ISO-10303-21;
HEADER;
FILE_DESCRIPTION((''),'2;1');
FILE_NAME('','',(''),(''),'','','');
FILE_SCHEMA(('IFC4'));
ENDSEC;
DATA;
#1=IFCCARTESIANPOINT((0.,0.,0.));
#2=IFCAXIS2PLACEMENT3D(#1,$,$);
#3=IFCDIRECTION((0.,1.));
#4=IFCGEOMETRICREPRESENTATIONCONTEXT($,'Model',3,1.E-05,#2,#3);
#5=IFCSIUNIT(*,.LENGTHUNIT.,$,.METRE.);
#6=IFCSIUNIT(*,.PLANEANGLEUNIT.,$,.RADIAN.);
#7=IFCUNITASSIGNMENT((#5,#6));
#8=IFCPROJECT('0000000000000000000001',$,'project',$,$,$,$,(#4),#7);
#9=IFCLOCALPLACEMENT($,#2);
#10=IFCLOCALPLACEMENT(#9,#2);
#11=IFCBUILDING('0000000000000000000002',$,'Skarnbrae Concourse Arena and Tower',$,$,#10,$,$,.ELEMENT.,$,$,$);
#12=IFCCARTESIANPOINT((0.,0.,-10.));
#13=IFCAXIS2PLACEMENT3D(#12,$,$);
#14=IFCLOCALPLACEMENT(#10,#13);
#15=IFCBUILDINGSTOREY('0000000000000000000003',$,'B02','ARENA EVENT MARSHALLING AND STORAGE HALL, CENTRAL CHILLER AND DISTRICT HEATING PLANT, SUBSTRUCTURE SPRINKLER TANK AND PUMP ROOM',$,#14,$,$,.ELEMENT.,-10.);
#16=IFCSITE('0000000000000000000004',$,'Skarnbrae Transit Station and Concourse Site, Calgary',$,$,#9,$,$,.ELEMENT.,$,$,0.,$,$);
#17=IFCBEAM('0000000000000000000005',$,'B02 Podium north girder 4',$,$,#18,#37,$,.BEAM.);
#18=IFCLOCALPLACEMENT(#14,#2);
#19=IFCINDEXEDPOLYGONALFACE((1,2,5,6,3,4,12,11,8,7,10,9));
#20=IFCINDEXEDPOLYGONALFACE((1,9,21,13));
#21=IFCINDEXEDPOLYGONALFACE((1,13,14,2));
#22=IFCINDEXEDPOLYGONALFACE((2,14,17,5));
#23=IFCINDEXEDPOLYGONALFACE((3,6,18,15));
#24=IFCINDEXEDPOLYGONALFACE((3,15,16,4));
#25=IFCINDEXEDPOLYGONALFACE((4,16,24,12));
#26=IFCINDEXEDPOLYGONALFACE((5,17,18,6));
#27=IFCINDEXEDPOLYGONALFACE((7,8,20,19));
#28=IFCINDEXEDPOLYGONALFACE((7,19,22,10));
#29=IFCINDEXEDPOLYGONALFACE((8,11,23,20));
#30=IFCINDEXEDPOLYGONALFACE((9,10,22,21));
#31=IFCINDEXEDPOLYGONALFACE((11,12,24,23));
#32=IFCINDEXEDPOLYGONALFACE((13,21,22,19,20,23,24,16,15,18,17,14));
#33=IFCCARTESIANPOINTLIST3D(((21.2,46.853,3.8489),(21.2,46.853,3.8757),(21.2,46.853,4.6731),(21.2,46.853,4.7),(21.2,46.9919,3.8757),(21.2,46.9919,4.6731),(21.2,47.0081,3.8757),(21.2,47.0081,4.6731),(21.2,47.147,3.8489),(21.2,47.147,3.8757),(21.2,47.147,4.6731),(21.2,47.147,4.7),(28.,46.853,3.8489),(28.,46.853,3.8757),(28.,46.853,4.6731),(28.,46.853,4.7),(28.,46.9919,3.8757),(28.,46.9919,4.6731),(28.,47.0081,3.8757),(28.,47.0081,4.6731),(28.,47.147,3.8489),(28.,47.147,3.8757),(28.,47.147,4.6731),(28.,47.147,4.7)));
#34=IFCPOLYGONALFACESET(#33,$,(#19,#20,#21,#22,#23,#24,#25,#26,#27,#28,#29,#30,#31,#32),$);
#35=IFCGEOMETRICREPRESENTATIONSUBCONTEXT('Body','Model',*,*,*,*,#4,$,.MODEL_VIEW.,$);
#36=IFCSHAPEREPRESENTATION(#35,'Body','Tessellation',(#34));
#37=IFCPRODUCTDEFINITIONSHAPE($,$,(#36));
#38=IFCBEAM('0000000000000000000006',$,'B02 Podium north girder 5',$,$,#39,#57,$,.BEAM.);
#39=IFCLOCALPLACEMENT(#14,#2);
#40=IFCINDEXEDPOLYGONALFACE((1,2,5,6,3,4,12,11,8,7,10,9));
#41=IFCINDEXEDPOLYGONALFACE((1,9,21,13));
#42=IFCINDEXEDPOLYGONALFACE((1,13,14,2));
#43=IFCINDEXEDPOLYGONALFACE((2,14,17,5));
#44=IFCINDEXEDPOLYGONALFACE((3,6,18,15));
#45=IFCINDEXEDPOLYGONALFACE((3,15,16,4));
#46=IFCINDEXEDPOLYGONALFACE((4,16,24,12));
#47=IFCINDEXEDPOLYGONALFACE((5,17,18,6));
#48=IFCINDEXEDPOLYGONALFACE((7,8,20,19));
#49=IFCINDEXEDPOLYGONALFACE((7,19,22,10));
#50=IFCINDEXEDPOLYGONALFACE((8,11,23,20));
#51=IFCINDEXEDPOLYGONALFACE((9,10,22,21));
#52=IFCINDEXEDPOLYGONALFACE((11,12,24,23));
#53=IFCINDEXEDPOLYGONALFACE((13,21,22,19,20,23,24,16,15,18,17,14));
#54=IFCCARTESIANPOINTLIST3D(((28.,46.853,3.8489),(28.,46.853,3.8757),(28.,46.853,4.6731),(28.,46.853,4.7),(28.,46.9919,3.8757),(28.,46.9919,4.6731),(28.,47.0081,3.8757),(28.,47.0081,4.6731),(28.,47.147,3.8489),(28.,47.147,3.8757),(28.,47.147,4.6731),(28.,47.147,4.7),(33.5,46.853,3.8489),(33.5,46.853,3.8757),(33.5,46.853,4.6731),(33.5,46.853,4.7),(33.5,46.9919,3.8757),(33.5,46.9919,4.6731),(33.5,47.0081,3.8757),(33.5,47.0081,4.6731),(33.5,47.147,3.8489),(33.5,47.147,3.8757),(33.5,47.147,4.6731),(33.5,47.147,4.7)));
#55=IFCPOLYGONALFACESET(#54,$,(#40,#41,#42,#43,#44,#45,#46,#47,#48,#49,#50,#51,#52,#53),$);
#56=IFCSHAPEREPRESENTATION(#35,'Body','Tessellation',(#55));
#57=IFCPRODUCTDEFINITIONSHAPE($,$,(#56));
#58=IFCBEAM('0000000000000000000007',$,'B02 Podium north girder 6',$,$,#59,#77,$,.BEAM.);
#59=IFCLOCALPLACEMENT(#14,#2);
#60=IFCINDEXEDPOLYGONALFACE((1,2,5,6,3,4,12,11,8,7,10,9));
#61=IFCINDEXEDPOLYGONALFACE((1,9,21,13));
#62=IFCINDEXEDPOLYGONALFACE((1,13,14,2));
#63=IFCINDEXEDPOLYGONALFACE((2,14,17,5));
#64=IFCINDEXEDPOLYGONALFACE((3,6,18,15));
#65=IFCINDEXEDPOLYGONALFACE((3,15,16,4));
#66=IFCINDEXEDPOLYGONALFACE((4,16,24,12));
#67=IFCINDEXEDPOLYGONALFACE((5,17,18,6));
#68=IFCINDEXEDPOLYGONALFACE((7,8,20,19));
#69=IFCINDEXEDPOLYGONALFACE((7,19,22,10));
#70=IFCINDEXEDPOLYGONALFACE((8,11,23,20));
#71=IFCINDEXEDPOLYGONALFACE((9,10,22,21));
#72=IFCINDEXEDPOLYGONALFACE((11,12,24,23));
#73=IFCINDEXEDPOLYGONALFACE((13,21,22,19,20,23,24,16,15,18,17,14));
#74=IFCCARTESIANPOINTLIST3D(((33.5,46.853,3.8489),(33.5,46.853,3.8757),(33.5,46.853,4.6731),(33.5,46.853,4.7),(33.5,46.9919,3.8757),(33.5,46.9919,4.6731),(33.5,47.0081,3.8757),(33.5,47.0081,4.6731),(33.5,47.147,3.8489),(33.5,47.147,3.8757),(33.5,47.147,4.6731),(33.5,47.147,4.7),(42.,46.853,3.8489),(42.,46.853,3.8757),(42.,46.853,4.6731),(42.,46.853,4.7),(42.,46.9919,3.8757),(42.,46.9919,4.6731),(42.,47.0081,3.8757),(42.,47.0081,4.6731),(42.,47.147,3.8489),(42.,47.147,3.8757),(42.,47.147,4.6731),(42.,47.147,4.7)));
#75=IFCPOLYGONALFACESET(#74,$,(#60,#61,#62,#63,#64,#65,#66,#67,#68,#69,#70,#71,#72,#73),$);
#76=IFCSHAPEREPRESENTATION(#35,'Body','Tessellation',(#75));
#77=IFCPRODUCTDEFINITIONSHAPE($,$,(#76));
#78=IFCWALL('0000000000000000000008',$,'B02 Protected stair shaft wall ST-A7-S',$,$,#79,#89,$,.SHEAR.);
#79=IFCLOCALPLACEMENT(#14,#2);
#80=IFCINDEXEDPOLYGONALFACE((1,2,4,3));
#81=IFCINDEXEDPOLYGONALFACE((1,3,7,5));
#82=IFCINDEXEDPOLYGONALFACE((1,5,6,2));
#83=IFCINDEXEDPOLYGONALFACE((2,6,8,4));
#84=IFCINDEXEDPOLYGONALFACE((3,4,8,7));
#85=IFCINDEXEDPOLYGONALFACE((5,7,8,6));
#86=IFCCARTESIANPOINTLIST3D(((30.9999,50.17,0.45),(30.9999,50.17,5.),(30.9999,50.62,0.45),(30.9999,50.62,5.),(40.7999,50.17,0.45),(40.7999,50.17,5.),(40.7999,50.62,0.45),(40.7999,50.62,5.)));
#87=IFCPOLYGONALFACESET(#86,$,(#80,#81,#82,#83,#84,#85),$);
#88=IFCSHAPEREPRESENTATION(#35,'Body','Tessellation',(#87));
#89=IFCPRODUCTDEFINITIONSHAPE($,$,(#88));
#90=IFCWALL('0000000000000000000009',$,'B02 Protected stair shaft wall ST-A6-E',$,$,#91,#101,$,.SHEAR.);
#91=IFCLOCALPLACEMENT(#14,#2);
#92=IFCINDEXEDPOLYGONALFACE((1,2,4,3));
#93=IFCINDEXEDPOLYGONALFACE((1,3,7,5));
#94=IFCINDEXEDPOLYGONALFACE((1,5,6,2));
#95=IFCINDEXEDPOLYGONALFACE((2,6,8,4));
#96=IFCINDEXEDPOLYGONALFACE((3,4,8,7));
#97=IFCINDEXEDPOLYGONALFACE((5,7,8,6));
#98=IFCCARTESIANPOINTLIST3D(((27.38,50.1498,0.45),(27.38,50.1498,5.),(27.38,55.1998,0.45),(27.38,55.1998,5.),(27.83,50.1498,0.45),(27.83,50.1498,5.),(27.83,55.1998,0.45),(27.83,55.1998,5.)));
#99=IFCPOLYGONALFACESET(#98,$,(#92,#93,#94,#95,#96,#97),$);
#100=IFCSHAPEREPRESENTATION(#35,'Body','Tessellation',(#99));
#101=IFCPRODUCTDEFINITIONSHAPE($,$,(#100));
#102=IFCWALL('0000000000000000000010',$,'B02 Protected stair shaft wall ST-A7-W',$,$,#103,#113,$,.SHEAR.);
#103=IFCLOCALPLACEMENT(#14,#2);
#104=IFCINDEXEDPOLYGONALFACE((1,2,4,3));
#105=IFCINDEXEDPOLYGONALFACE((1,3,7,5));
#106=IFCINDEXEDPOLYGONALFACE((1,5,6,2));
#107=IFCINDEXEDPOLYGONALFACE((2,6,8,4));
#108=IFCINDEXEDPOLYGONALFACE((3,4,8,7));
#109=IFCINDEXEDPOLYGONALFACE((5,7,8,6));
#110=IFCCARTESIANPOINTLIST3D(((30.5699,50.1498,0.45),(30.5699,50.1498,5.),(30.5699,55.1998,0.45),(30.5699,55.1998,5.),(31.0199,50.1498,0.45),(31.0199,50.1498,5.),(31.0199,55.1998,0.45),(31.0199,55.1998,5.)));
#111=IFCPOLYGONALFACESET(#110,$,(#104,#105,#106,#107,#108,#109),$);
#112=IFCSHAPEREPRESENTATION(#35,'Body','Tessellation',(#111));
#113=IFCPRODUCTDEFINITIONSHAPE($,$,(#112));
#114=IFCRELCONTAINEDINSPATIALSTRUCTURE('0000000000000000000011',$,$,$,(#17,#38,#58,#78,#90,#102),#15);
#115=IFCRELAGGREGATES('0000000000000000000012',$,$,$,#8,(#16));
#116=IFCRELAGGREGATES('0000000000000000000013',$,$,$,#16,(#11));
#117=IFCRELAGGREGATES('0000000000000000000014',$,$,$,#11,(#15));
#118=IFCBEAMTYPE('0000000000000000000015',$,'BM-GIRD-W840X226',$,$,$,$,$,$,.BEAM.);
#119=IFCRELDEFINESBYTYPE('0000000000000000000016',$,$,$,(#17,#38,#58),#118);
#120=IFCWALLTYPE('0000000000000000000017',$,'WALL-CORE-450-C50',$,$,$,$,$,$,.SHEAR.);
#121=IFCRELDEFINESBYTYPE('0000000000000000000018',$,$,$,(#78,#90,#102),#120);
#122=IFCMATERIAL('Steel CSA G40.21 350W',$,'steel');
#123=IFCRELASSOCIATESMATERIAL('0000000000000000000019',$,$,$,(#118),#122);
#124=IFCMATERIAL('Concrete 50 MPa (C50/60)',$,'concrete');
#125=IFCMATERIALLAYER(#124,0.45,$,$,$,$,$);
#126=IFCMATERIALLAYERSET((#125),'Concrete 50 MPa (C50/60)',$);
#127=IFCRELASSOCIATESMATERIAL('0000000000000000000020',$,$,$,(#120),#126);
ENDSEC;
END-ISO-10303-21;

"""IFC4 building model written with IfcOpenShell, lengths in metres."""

from ifc_helpers import new_model, si_unit, direction, frame, frame_2d, origin, origin_2d, place, context, subcontext, project, spatial, rectangle, i_section, extrude, source, transform, mapped, material, layer, layer_set, material_profile, profile_set, type_object, element, save


model = new_model("IFC4")

# Units and contexts
model_context = context("Model", 3, precision=1e-05, world=origin(), true_north=direction((0.0, 1.0)))
body_context = subcontext(model_context, "Body", "Model", "MODEL_VIEW")
ifc_project = project(units=[si_unit("LENGTHUNIT", "METRE"), si_unit("PLANEANGLEUNIT", "RADIAN")], contexts=[model_context])

# Site, building, storey
site_placement = place(None, origin())
site = spatial("IfcSite", under=ifc_project, at=site_placement, Name="Skarnbrae Transit Station and Concourse Site, Calgary", CompositionType="ELEMENT", RefElevation=0.0)
building_placement = place(site_placement, origin())
building = spatial("IfcBuilding", under=site, at=building_placement, Name="Skarnbrae Concourse Arena and Tower", CompositionType="ELEMENT")
storey_placement = place(building_placement, frame((0.0, 0.0, -10.0)))
storey = spatial("IfcBuildingStorey", under=building, at=storey_placement, Name="B02", Description="ARENA EVENT MARSHALLING AND STORAGE HALL, CENTRAL CHILLER AND DISTRICT HEATING PLANT, SUBSTRUCTURE SPRINKLER TANK AND PUMP ROOM", CompositionType="ELEMENT", Elevation=-10.0)

# Shared definitions
ifc_material_1 = material(Name="Concrete 50 MPa (C50/60)", Category="concrete")

# Shared definitions
ifc_material_2 = material(Name="Steel CSA G40.21 350W", Category="steel")

# Beams
ifc_material_profile_1 = material_profile(ifc_material_2, i_section(OverallWidth=0.2939, OverallDepth=0.8511, WebThickness=0.0161, FlangeThickness=0.0269, at=origin_2d()), Name="W840X226")
ifc_profile_set_1 = profile_set([ifc_material_profile_1], Name="Steel CSA G40.21 350W")
beam_type = type_object("IfcBeamType", Name="BM-GIRD-W840X226", PredefinedType="BEAM", material=ifc_profile_set_1)
shared_shape_1 = source(origin(), body_context, "Body", "SweptSolid", [
    extrude(i_section(OverallWidth=0.2939, OverallDepth=0.8511, WebThickness=0.0161, FlangeThickness=0.0269, at=origin_2d()), origin(), (0.0, 0.0, 1.0), 6.8),
])
beam_1_placement = place(storey_placement, frame((21.2, 47.0, 4.2744), z_axis=(1.0, 0.0, 0.0), x_axis=(0.0, 1.0, 0.0)))
element("IfcBeam", 1, at=beam_1_placement, inside=storey, type_object=beam_type, Name="B02 Podium north girder 4", PredefinedType="BEAM", context=body_context, shape_type="MappedRepresentation", body=[
    mapped(shared_shape_1, transform((0.0, 0.0, 0.0))),
])
shared_shape_2 = source(origin(), body_context, "Body", "SweptSolid", [
    extrude(i_section(OverallWidth=0.2939, OverallDepth=0.8511, WebThickness=0.0161, FlangeThickness=0.0269, at=origin_2d()), origin(), (0.0, 0.0, 1.0), 5.5),
])
beam_2_placement = place(storey_placement, frame((28.0, 47.0, 4.2744), z_axis=(1.0, 0.0, 0.0), x_axis=(0.0, 1.0, 0.0)))
element("IfcBeam", 2, at=beam_2_placement, inside=storey, type_object=beam_type, Name="B02 Podium north girder 5", PredefinedType="BEAM", context=body_context, shape_type="MappedRepresentation", body=[
    mapped(shared_shape_2, transform((0.0, 0.0, 0.0))),
])
shared_shape_3 = source(origin(), body_context, "Body", "SweptSolid", [
    extrude(i_section(OverallWidth=0.2939, OverallDepth=0.8511, WebThickness=0.0161, FlangeThickness=0.0269, at=origin_2d()), origin(), (0.0, 0.0, 1.0), 8.5),
])
beam_3_placement = place(storey_placement, frame((33.5, 47.0, 4.2744), z_axis=(1.0, 0.0, 0.0), x_axis=(0.0, 1.0, 0.0)))
element("IfcBeam", 3, at=beam_3_placement, inside=storey, type_object=beam_type, Name="B02 Podium north girder 6", PredefinedType="BEAM", context=body_context, shape_type="MappedRepresentation", body=[
    mapped(shared_shape_3, transform((0.0, 0.0, 0.0))),
])

# Walls
ifc_layer = layer(ifc_material_1, 0.45)
ifc_layer_set = layer_set([ifc_layer], Name="Concrete 50 MPa (C50/60)")
wall_type = type_object("IfcWallType", Name="WALL-CORE-450-C50", PredefinedType="SHEAR", material=ifc_layer_set)
shared_shape_4 = source(origin(), body_context, "Body", "SweptSolid", [
    extrude(rectangle(XDim=9.8, YDim=0.45, at=frame_2d((4.8999, 0.0))), origin(), (0.0, 0.0, 1.0), 4.55),
])
wall_placement = place(storey_placement, frame((31.0, 50.395, 0.45), z_axis=(0.0, 0.0, 1.0), x_axis=(1.0, 0.0, 0.0)))
element("IfcWall", 4, at=wall_placement, inside=storey, type_object=wall_type, Name="B02 Protected stair shaft wall ST-A7-S", PredefinedType="SHEAR", context=body_context, shape_type="MappedRepresentation", body=[
    mapped(shared_shape_4, transform((0.0, 0.0, 0.0))),
])
shared_shape_5 = source(origin(), body_context, "Body", "SweptSolid", [
    extrude(rectangle(XDim=5.05, YDim=0.45, at=frame_2d((2.5249, 0.0))), origin(), (0.0, 0.0, 1.0), 4.55),
])
for number, where, z_axis, x_axis, name in (
    (5, (27.605, 50.1499, 0.45), (0.0, 0.0, 1.0), (0.0, 1.0, 0.0), "B02 Protected stair shaft wall ST-A6-E"),
    (6, (30.7949, 50.1499, 0.45), (0.0, 0.0, 1.0), (0.0, 1.0, 0.0), "B02 Protected stair shaft wall ST-A7-W"),
):
    element("IfcWall", number, at=place(storey_placement, frame(where, z_axis=z_axis, x_axis=x_axis)), inside=storey, type_object=wall_type, Name=name, PredefinedType="SHEAR", context=body_context, shape_type="MappedRepresentation", body=[
        mapped(shared_shape_5, transform((0.0, 0.0, 0.0))),
    ])

save(model, "model.ifc")
